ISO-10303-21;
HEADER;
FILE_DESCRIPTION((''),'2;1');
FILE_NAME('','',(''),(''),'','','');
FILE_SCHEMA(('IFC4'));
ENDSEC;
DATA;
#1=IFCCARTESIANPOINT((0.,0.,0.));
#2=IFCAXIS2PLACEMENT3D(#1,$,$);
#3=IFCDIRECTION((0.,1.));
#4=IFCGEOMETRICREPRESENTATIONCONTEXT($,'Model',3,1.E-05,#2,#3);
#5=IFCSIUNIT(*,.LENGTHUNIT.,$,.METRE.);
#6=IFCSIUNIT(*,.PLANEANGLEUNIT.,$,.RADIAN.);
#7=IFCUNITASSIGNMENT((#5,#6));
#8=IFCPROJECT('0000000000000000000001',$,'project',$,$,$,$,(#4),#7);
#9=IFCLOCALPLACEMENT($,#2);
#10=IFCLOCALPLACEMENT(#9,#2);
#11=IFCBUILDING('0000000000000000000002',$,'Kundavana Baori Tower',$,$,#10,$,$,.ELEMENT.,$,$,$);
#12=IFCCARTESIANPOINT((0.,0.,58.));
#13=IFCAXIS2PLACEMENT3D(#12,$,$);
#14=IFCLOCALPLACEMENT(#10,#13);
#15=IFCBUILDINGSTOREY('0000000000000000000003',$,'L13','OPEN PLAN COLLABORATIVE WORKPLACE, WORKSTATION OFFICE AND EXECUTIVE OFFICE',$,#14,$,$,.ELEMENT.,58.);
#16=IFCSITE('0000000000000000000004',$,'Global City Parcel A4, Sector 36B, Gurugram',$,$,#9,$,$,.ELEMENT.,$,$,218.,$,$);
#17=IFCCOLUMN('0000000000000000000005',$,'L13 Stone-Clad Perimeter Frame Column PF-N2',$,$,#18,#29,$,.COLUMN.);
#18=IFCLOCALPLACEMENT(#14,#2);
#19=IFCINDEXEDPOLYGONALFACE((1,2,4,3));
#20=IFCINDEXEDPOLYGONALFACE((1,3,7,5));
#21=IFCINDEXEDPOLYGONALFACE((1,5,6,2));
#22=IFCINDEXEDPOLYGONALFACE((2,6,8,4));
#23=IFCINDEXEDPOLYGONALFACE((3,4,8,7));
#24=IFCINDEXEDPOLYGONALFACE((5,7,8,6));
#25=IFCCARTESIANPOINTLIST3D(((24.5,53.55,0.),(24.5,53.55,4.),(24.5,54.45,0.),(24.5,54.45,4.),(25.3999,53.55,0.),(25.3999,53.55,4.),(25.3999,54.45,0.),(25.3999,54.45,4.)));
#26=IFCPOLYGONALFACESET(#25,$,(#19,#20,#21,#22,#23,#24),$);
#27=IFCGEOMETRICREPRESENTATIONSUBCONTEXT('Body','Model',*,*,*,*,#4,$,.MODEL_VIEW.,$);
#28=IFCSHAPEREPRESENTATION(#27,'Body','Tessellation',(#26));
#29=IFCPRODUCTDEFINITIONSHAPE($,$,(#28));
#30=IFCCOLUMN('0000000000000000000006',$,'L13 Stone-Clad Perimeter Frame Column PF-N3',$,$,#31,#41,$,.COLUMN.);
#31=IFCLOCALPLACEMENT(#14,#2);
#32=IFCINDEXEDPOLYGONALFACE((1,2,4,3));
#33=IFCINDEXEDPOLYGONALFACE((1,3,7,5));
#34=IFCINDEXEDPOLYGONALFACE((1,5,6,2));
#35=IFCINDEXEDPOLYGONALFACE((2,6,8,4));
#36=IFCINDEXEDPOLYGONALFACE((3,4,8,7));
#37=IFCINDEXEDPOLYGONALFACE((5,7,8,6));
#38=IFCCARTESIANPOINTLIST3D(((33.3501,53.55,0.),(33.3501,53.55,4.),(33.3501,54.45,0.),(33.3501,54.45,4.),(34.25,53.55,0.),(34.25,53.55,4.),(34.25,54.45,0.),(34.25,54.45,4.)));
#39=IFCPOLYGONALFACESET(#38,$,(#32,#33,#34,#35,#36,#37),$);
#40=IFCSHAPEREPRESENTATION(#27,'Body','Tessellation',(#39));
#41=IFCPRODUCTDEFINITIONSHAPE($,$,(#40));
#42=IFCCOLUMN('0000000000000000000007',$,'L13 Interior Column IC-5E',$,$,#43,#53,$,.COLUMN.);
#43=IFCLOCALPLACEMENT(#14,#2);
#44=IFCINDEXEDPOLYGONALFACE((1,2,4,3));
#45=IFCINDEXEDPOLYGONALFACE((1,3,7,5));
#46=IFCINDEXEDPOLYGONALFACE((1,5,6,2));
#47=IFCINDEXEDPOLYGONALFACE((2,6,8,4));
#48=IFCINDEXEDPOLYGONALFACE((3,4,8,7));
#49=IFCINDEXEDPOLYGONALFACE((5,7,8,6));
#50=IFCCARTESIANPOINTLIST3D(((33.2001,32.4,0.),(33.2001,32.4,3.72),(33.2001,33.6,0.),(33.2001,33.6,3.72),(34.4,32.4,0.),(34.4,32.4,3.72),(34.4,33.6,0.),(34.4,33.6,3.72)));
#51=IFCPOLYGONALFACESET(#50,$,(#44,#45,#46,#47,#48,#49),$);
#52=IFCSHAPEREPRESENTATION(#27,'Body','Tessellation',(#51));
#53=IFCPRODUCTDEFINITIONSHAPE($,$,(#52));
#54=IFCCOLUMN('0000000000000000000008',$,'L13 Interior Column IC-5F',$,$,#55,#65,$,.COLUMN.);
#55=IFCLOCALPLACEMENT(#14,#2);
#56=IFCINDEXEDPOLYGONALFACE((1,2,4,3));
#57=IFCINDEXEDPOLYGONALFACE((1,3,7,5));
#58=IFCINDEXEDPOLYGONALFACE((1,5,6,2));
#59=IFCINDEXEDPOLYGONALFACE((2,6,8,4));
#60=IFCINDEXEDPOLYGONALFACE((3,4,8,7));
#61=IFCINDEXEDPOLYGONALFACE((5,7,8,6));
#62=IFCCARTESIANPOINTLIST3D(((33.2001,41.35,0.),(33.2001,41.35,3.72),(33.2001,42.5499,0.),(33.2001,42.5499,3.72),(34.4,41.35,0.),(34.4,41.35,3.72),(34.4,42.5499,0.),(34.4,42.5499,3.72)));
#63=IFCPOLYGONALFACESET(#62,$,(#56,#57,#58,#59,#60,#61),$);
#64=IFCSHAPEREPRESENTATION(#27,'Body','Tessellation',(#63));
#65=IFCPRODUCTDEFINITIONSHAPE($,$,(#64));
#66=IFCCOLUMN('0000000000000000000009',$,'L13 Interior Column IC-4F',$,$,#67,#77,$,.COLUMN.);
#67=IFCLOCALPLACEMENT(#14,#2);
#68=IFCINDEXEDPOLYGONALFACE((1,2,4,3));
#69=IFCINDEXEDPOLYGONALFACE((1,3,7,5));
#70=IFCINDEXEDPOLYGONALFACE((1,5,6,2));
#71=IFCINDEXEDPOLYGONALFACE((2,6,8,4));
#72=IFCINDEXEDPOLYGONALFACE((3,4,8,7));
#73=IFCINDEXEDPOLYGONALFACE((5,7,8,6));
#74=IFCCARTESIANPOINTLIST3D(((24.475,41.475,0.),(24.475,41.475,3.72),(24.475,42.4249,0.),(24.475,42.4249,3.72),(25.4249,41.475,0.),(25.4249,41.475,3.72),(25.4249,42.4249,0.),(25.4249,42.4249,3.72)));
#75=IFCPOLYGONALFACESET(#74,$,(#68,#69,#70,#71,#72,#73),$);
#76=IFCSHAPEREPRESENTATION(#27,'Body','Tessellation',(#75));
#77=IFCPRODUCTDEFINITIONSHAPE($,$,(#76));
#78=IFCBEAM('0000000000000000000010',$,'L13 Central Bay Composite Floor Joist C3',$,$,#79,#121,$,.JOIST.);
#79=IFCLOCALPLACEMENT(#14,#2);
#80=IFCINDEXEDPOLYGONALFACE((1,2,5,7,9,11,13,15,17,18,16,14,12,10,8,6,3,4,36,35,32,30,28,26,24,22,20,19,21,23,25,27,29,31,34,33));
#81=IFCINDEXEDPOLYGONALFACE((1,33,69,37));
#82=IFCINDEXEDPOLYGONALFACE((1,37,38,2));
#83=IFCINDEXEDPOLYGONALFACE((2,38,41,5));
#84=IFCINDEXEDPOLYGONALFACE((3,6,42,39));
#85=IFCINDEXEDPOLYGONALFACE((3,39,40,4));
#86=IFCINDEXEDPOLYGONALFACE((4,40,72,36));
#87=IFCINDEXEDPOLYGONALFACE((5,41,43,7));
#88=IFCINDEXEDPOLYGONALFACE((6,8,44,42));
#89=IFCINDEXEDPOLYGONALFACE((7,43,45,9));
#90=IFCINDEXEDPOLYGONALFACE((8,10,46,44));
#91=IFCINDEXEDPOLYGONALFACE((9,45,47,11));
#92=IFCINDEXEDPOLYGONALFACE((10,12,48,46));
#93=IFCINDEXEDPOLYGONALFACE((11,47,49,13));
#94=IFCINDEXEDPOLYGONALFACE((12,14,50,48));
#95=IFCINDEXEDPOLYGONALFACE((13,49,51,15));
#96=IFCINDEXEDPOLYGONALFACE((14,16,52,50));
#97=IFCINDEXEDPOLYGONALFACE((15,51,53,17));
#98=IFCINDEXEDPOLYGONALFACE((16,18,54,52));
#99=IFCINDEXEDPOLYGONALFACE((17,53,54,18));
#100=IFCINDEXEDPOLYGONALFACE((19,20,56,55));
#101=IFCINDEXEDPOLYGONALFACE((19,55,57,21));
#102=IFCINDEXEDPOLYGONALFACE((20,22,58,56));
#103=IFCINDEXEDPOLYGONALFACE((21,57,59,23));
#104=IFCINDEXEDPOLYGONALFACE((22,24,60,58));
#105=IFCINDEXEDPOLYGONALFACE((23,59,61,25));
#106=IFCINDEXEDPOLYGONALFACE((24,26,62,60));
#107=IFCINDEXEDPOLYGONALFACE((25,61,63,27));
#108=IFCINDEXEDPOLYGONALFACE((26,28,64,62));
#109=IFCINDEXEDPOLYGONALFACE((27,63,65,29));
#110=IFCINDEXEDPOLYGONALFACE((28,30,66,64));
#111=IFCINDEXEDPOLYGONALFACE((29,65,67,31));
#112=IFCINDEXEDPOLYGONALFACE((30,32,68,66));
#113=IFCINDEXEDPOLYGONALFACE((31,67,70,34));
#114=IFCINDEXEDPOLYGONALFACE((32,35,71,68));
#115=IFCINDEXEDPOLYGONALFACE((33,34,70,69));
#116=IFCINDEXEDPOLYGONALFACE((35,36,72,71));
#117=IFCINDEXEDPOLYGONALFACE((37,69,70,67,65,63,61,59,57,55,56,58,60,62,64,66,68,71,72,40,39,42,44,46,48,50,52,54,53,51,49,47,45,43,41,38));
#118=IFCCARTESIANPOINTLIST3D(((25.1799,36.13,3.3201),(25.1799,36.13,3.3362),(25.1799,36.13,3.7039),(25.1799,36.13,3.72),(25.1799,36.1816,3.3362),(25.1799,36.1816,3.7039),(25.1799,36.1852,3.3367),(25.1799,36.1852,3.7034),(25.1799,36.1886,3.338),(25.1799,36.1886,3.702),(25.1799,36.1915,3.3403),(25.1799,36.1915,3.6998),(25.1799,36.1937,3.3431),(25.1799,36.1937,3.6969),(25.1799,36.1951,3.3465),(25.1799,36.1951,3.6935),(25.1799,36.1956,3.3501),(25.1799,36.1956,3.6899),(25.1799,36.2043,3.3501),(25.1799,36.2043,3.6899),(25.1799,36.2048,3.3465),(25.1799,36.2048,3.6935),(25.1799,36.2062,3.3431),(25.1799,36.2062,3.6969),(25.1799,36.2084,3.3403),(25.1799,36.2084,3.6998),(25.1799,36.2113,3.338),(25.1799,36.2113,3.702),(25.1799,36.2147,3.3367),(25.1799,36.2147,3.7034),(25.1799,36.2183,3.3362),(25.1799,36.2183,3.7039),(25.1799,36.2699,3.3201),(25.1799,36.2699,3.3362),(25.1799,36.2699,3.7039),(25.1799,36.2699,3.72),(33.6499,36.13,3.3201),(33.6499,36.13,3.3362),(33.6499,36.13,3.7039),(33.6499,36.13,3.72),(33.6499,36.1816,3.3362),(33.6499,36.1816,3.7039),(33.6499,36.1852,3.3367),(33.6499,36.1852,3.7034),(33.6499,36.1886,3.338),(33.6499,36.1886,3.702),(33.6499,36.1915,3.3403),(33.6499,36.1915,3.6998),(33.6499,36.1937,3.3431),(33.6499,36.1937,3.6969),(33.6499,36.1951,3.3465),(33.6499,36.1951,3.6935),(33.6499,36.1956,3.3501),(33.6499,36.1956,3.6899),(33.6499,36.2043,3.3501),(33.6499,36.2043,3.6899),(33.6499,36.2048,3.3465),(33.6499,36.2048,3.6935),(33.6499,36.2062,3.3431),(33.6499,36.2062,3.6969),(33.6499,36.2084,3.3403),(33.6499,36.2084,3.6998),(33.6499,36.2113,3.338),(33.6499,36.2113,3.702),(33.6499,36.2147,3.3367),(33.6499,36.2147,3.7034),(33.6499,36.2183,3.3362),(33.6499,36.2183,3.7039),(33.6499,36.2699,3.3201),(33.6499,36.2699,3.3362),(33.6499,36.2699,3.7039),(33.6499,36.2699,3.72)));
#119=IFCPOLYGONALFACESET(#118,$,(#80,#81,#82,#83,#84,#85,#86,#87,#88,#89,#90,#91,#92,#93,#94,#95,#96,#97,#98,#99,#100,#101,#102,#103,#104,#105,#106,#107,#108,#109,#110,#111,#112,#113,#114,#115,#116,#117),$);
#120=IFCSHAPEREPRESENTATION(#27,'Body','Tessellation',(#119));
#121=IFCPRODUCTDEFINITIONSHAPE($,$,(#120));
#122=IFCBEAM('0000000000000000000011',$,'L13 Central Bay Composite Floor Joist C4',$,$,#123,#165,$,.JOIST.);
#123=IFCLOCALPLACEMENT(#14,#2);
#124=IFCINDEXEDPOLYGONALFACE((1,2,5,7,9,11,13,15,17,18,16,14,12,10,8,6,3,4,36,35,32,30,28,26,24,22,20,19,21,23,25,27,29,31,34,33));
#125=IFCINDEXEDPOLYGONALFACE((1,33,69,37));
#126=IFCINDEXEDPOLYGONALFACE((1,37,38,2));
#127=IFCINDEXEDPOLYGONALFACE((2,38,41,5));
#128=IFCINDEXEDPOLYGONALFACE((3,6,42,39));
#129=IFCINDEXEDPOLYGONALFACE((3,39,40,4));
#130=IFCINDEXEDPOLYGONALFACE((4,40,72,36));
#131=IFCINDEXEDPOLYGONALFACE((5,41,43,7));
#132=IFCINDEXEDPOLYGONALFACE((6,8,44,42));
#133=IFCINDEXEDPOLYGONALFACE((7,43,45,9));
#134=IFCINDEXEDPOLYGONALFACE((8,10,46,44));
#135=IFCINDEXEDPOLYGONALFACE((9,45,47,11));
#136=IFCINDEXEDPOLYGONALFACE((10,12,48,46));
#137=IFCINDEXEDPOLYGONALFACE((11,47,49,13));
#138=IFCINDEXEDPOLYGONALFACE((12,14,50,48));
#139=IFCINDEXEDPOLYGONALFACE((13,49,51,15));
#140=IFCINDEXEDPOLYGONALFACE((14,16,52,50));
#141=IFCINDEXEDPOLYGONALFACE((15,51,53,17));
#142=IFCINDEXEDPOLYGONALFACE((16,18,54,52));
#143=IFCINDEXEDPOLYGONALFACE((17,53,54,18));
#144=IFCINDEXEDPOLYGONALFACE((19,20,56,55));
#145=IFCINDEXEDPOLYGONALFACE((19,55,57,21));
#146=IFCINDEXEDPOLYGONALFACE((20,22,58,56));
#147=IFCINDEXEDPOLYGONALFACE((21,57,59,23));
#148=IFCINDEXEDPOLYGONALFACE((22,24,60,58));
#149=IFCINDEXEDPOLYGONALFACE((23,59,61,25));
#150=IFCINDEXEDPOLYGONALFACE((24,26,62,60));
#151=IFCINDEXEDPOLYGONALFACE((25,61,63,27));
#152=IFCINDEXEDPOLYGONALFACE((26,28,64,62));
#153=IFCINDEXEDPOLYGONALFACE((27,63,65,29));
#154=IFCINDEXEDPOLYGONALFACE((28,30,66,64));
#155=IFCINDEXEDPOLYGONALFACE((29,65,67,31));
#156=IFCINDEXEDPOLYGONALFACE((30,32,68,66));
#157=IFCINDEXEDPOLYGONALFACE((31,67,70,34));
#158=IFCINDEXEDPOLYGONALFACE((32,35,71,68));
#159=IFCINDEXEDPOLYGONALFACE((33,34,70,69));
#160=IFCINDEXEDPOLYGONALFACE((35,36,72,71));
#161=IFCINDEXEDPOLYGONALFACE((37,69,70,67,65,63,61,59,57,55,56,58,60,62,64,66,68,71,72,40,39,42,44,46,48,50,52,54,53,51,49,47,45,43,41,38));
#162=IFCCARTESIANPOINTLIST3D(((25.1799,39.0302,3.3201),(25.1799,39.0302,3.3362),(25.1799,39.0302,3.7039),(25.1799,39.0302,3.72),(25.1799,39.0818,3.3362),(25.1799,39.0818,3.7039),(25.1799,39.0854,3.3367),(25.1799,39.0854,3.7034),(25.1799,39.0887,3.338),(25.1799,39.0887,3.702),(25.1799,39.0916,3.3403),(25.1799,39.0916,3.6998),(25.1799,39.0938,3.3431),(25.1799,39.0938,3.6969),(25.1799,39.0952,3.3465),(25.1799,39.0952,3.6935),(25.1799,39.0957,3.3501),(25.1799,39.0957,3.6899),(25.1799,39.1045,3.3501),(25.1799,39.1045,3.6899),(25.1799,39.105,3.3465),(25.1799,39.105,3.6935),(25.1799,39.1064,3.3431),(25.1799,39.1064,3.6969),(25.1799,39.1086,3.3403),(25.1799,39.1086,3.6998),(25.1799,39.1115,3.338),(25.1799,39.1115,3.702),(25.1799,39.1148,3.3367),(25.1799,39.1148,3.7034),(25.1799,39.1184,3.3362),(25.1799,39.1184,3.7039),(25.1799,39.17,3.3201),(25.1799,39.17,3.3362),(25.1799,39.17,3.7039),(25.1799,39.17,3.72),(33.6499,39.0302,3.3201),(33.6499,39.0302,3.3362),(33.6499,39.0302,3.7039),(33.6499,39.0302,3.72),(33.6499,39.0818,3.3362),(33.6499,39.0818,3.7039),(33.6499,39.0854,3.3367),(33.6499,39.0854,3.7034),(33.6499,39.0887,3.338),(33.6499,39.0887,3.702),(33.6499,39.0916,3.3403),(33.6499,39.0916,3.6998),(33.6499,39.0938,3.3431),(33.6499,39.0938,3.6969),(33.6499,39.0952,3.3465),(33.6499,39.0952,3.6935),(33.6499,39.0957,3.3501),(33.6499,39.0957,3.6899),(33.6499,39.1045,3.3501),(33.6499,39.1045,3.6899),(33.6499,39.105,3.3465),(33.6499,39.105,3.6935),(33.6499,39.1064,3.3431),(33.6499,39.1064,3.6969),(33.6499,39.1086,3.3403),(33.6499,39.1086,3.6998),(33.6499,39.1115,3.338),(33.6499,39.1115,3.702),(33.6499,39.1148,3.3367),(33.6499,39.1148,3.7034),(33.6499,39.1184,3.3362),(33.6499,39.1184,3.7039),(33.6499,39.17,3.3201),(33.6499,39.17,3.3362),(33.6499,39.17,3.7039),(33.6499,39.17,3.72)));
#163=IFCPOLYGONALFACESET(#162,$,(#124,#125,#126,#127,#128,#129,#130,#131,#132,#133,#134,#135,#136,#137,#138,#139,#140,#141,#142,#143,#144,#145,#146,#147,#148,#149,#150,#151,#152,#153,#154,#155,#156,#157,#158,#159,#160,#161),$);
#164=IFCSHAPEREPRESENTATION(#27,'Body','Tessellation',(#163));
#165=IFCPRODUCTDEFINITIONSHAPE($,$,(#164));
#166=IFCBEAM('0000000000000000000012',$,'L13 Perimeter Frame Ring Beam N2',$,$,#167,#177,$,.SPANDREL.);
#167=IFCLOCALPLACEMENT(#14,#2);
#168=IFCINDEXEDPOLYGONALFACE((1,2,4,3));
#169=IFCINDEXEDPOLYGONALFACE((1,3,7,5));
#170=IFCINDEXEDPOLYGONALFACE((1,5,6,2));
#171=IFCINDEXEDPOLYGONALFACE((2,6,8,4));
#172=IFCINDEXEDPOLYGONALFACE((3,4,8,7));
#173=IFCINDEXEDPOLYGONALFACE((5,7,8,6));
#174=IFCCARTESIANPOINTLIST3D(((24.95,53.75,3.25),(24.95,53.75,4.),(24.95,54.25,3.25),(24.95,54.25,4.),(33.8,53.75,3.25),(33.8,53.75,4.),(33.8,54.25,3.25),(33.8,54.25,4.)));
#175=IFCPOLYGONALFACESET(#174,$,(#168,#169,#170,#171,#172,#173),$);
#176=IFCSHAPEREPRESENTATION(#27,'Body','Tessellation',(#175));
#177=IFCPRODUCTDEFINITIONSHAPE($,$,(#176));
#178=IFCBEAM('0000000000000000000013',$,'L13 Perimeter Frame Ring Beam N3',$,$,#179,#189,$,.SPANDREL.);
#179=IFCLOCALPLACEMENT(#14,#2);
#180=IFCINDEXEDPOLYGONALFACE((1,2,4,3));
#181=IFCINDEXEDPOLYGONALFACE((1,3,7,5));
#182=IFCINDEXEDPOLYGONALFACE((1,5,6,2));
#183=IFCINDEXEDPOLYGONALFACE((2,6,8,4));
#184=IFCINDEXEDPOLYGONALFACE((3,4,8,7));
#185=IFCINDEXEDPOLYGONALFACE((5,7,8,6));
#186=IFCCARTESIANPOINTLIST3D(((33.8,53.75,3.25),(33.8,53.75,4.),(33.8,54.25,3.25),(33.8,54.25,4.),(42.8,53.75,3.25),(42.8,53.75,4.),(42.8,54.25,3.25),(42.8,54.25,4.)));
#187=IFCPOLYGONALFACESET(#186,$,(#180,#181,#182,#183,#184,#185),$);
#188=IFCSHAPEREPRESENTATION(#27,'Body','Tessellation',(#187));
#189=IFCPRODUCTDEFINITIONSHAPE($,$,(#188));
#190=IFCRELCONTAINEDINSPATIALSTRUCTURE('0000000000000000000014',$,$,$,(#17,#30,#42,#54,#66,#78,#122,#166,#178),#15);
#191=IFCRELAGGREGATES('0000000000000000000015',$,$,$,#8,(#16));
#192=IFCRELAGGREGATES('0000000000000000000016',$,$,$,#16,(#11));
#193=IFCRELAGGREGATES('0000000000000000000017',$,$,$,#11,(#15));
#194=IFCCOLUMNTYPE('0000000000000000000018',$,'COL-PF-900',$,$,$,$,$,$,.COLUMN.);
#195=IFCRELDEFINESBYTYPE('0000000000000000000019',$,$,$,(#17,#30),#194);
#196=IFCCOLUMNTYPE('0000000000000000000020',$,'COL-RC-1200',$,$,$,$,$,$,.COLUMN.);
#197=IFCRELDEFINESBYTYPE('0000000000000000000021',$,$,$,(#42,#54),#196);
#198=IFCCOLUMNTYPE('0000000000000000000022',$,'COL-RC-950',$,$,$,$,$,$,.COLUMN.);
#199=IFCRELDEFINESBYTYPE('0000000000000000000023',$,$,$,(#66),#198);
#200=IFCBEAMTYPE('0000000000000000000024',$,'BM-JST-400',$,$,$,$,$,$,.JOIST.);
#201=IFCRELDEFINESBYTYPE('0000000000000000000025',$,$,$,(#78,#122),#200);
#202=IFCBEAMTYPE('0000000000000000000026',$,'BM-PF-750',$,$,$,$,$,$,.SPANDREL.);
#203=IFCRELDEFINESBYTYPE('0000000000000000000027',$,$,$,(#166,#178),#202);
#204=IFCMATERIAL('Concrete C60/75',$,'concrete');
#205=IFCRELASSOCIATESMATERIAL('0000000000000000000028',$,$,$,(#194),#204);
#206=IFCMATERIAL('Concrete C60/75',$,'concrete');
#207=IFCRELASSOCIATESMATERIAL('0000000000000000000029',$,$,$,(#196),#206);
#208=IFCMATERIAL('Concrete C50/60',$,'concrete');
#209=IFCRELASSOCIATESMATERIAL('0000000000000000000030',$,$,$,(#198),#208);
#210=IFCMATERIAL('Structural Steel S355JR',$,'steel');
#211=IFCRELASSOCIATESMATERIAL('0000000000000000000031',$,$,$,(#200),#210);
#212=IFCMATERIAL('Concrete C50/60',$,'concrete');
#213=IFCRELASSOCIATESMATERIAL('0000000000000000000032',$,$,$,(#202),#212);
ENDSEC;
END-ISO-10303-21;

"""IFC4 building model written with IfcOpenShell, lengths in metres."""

from ifc_helpers import new_model, si_unit, direction, frame, origin, origin_2d, place, context, subcontext, project, spatial, rectangle, i_section, extrude, material, material_profile, profile_set, type_object, element, save


model = new_model("IFC4")

# Units and contexts
model_context = context("Model", 3, precision=1e-05, world=origin(), true_north=direction((0.0, 1.0)))
body_context = subcontext(model_context, "Body", "Model", "MODEL_VIEW")
ifc_project = project(units=[si_unit("LENGTHUNIT", "METRE"), si_unit("PLANEANGLEUNIT", "RADIAN")], contexts=[model_context])

# Site, building, storey
site_placement = place(None, origin())
site = spatial("IfcSite", under=ifc_project, at=site_placement, Name="Global City Parcel A4, Sector 36B, Gurugram", CompositionType="ELEMENT", RefElevation=218.0)
building_placement = place(site_placement, origin())
building = spatial("IfcBuilding", under=site, at=building_placement, Name="Kundavana Baori Tower", CompositionType="ELEMENT")
storey_placement = place(building_placement, frame((0.0, 0.0, 58.0)))
storey = spatial("IfcBuildingStorey", under=building, at=storey_placement, Name="L13", Description="OPEN PLAN COLLABORATIVE WORKPLACE, WORKSTATION OFFICE AND EXECUTIVE OFFICE", CompositionType="ELEMENT", Elevation=58.0)

# Columns
ifc_material_1 = material(Name="Concrete C60/75", Category="concrete")
ifc_material_profile_1 = material_profile(ifc_material_1, rectangle(XDim=0.8999, YDim=0.8999, at=origin_2d()), Name="RC PF 900x900")
ifc_profile_set_1 = profile_set([ifc_material_profile_1], Name="Concrete C60/75")
column_type_1 = type_object("IfcColumnType", Name="COL-PF-900", PredefinedType="COLUMN", material=ifc_profile_set_1)
for number, where, z_axis, x_axis, name in (
    (1, (24.95, 54.0, 0.0), (0.0, 0.0, 1.0), (1.0, 0.0, 0.0), "L13 Stone-Clad Perimeter Frame Column PF-N2"),
    (2, (33.8, 54.0, 0.0), (0.0, 0.0, 1.0), (1.0, 0.0, 0.0), "L13 Stone-Clad Perimeter Frame Column PF-N3"),
):
    element("IfcColumn", number, at=place(storey_placement, frame(where, z_axis=z_axis, x_axis=x_axis)), inside=storey, type_object=column_type_1, Name=name, PredefinedType="COLUMN", context=body_context, shape_type="SweptSolid", body=[
        extrude(rectangle(XDim=0.8999, YDim=0.8999, at=origin_2d()), origin(), (0.0, 0.0, 1.0), 4.0),
    ])
ifc_material_2 = material(Name="Concrete C60/75", Category="concrete")
ifc_material_profile_2 = material_profile(ifc_material_2, rectangle(XDim=1.2, YDim=1.2, at=origin_2d()), Name="RC 1200x1200")
ifc_profile_set_2 = profile_set([ifc_material_profile_2], Name="Concrete C60/75")
column_type_2 = type_object("IfcColumnType", Name="COL-RC-1200", PredefinedType="COLUMN", material=ifc_profile_set_2)
for number, where, z_axis, x_axis, name in (
    (3, (33.8, 33.0, 0.0), (0.0, 0.0, 1.0), (1.0, 0.0, 0.0), "L13 Interior Column IC-5E"),
    (4, (33.8, 41.95, 0.0), (0.0, 0.0, 1.0), (1.0, 0.0, 0.0), "L13 Interior Column IC-5F"),
):
    element("IfcColumn", number, at=place(storey_placement, frame(where, z_axis=z_axis, x_axis=x_axis)), inside=storey, type_object=column_type_2, Name=name, PredefinedType="COLUMN", context=body_context, shape_type="SweptSolid", body=[
        extrude(rectangle(XDim=1.2, YDim=1.2, at=origin_2d()), origin(), (0.0, 0.0, 1.0), 3.72),
    ])
ifc_material_3 = material(Name="Concrete C50/60", Category="concrete")
ifc_material_profile_3 = material_profile(ifc_material_3, rectangle(XDim=0.95, YDim=0.95, at=origin_2d()), Name="RC 950x950")
ifc_profile_set_3 = profile_set([ifc_material_profile_3], Name="Concrete C50/60")
column_type_3 = type_object("IfcColumnType", Name="COL-RC-950", PredefinedType="COLUMN", material=ifc_profile_set_3)
column_placement = place(storey_placement, frame((24.95, 41.95, 0.0), z_axis=(0.0, 0.0, 1.0), x_axis=(1.0, 0.0, 0.0)))
element("IfcColumn", 5, at=column_placement, inside=storey, type_object=column_type_3, Name="L13 Interior Column IC-4F", PredefinedType="COLUMN", context=body_context, shape_type="SweptSolid", body=[
    extrude(rectangle(XDim=0.95, YDim=0.95, at=origin_2d()), origin(), (0.0, 0.0, 1.0), 3.72),
])

# Beams
ifc_material_4 = material(Name="Structural Steel S355JR", Category="steel")
ifc_material_profile_4 = material_profile(ifc_material_4, i_section(OverallWidth=0.1399, OverallDepth=0.3999, WebThickness=0.0088, FlangeThickness=0.0161, FilletRadius=0.0139, at=origin_2d()), Name="ISMB 400")
ifc_profile_set_4 = profile_set([ifc_material_profile_4], Name="Structural Steel S355JR")
beam_type_1 = type_object("IfcBeamType", Name="BM-JST-400", PredefinedType="JOIST", material=ifc_profile_set_4)
for number, where, z_axis, x_axis, name in (
    (6, (25.1799, 36.2, 3.52), (1.0, 0.0, 0.0), (0.0, 1.0, 0.0), "L13 Central Bay Composite Floor Joist C3"),
    (7, (25.1799, 39.1001, 3.52), (1.0, 0.0, 0.0), (0.0, 1.0, 0.0), "L13 Central Bay Composite Floor Joist C4"),
):
    element("IfcBeam", number, at=place(storey_placement, frame(where, z_axis=z_axis, x_axis=x_axis)), inside=storey, type_object=beam_type_1, Name=name, PredefinedType="JOIST", context=body_context, shape_type="SweptSolid", body=[
        extrude(i_section(OverallWidth=0.1399, OverallDepth=0.3999, WebThickness=0.0088, FlangeThickness=0.0161, FilletRadius=0.0139, at=origin_2d()), origin(), (0.0, 0.0, 1.0), 8.47),
    ])
ifc_material_5 = material(Name="Concrete C50/60", Category="concrete")
ifc_material_profile_5 = material_profile(ifc_material_5, rectangle(XDim=0.5, YDim=0.75, at=origin_2d()), Name="RC BM 500x750")
ifc_profile_set_5 = profile_set([ifc_material_profile_5], Name="Concrete C50/60")
beam_type_2 = type_object("IfcBeamType", Name="BM-PF-750", PredefinedType="SPANDREL", material=ifc_profile_set_5)
beam_1_placement = place(storey_placement, frame((24.95, 54.0, 3.625), z_axis=(1.0, 0.0, 0.0), x_axis=(0.0, 1.0, 0.0)))
element("IfcBeam", 8, at=beam_1_placement, inside=storey, type_object=beam_type_2, Name="L13 Perimeter Frame Ring Beam N2", PredefinedType="SPANDREL", context=body_context, shape_type="SweptSolid", body=[
    extrude(rectangle(XDim=0.5, YDim=0.75, at=origin_2d()), origin(), (0.0, 0.0, 1.0), 8.8501),
])
beam_2_placement = place(storey_placement, frame((33.8, 54.0, 3.625), z_axis=(1.0, 0.0, 0.0), x_axis=(0.0, 1.0, 0.0)))
element("IfcBeam", 9, at=beam_2_placement, inside=storey, type_object=beam_type_2, Name="L13 Perimeter Frame Ring Beam N3", PredefinedType="SPANDREL", context=body_context, shape_type="SweptSolid", body=[
    extrude(rectangle(XDim=0.5, YDim=0.75, at=origin_2d()), origin(), (0.0, 0.0, 1.0), 9.0),
])

save(model, "model.ifc")
